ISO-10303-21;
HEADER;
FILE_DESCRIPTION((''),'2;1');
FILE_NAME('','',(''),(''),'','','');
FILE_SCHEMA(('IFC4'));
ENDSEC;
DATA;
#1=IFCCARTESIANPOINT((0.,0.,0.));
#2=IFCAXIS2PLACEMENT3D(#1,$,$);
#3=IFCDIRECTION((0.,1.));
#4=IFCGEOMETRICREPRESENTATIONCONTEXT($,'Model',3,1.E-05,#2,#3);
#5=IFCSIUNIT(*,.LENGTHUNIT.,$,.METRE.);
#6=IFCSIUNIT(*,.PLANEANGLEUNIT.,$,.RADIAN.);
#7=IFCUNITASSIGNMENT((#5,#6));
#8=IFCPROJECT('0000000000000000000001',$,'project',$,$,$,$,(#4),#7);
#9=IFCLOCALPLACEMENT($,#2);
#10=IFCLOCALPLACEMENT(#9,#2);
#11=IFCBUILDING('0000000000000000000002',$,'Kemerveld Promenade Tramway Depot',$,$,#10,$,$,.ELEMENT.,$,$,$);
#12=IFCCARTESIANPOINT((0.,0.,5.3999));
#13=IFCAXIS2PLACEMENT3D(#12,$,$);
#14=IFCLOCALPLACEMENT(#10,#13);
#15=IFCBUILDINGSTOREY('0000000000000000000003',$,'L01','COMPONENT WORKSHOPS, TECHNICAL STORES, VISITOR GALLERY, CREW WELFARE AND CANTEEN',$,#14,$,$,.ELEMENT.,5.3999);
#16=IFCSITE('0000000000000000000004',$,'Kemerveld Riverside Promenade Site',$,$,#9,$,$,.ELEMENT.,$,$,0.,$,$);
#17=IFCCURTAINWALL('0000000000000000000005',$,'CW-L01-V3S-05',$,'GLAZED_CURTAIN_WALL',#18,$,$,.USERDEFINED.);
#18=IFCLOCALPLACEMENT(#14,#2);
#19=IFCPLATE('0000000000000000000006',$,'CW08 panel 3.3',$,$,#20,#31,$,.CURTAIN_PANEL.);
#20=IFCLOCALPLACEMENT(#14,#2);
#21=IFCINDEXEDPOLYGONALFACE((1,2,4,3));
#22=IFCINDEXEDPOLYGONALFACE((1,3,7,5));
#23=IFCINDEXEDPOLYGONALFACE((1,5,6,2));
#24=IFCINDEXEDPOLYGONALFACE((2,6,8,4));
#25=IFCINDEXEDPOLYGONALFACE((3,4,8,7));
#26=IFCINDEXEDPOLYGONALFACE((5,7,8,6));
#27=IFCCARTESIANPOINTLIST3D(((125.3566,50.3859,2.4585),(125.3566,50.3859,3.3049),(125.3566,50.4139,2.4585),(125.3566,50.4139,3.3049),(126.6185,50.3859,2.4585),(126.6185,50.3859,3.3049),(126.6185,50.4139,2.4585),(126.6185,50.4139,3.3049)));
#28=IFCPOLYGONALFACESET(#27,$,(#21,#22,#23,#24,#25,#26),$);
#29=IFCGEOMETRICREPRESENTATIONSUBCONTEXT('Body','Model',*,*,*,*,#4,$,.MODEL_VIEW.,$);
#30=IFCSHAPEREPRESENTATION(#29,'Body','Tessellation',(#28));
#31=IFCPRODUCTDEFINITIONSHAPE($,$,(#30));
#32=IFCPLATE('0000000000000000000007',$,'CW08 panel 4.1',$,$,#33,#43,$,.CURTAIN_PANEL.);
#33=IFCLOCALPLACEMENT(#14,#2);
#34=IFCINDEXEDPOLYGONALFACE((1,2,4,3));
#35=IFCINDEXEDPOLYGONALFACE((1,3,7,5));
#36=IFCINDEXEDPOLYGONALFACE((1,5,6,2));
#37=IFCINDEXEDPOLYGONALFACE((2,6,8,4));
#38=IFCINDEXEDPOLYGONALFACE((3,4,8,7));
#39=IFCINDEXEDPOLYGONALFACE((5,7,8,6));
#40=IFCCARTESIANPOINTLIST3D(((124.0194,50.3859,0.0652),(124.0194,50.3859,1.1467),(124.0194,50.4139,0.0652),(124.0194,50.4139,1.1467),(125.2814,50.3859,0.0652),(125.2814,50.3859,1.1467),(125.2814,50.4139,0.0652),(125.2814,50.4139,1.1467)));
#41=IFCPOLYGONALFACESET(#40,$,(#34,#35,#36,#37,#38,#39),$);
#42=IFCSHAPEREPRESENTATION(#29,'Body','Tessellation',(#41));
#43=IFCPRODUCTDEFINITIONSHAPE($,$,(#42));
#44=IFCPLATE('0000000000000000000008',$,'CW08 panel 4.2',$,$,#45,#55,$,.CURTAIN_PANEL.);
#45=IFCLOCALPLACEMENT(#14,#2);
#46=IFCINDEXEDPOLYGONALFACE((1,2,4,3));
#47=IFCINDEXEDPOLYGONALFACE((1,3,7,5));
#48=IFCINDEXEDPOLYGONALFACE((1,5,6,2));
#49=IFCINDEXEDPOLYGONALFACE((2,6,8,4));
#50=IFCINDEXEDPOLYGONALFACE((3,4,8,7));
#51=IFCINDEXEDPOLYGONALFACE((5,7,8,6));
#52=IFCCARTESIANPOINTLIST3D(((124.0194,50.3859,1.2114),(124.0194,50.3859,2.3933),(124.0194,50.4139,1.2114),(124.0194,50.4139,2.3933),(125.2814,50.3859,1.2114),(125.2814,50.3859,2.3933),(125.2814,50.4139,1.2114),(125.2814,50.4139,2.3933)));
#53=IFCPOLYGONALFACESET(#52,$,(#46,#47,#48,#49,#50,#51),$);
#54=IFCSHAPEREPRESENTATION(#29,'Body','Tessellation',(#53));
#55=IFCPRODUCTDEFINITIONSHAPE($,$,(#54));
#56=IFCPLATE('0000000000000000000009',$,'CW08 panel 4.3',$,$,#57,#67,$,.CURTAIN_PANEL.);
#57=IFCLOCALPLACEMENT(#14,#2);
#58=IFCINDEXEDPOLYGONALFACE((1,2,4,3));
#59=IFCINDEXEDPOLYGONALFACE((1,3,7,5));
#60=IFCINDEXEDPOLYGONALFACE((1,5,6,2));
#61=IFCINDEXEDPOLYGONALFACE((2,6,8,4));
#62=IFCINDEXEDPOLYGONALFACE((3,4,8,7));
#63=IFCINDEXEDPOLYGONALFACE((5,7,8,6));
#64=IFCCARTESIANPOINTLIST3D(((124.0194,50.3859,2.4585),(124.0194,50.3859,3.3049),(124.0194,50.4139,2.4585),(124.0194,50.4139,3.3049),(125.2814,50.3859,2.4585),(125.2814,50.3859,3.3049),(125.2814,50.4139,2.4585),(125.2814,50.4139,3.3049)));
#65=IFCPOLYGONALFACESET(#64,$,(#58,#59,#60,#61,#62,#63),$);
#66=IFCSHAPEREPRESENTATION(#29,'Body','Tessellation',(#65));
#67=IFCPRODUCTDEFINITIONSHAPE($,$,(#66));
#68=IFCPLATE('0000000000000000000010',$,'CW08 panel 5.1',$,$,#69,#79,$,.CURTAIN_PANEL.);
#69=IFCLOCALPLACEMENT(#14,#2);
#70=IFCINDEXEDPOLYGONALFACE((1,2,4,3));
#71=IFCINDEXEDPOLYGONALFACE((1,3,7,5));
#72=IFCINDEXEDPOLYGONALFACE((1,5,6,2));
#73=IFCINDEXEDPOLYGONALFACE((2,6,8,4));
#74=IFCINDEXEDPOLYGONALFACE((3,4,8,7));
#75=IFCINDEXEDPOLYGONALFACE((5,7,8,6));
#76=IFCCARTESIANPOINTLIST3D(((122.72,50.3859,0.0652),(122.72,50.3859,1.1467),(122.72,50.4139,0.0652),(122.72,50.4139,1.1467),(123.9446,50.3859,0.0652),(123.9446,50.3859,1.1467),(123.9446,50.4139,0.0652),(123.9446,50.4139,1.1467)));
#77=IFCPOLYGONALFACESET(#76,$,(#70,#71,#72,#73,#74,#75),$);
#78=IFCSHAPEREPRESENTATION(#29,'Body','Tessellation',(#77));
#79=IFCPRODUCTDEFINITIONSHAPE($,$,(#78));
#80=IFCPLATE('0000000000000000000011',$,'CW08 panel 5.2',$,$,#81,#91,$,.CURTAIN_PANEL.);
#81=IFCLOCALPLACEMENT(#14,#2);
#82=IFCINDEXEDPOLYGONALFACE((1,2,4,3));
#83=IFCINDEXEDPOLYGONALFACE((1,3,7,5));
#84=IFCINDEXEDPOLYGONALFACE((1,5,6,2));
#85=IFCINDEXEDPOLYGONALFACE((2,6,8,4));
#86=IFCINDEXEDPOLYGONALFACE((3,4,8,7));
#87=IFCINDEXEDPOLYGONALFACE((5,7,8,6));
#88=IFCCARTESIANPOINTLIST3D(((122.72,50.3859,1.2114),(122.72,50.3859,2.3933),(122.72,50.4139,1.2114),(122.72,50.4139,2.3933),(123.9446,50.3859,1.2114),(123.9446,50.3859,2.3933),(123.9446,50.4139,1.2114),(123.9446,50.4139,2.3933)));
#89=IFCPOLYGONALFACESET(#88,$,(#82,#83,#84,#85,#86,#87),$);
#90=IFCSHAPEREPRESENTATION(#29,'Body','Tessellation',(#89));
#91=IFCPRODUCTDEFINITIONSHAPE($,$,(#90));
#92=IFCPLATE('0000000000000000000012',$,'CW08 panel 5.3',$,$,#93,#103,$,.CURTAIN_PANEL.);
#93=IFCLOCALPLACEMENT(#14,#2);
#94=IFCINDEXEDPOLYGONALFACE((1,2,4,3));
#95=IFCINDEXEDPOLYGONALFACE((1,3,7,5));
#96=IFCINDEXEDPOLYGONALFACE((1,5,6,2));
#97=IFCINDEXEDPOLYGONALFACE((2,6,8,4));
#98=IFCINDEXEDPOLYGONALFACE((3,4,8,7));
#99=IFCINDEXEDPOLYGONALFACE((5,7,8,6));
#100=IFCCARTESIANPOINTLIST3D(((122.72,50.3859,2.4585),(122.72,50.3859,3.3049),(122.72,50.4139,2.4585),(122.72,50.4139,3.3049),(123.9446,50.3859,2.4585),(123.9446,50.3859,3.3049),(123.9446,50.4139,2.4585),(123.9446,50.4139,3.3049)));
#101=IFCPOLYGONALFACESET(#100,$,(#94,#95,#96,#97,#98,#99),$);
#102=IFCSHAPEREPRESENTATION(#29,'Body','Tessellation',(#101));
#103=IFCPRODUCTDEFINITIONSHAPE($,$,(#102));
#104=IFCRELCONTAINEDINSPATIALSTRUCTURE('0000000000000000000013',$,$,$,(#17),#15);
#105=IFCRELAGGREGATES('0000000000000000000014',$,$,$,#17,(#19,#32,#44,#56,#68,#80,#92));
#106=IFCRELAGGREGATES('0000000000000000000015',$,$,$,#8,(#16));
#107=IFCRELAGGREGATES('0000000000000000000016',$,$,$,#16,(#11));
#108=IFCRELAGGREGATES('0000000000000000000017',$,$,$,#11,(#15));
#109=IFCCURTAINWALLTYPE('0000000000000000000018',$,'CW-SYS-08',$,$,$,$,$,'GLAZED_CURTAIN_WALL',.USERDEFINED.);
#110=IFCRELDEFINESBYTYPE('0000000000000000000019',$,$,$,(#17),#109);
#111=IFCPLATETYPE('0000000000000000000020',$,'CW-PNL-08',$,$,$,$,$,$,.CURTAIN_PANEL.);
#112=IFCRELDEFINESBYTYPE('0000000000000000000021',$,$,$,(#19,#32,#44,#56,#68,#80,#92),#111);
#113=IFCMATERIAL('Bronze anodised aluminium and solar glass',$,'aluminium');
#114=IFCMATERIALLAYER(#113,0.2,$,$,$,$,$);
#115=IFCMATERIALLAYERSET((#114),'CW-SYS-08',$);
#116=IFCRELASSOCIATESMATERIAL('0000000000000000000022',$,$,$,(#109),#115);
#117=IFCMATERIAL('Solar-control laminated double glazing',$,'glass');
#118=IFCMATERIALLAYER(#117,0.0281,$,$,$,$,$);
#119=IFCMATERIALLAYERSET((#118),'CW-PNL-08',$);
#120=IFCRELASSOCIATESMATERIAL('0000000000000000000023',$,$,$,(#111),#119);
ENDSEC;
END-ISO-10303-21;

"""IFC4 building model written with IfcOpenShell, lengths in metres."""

from ifc_helpers import new_model, si_unit, direction, frame, origin, origin_2d, place, context, subcontext, project, spatial, rectangle, extrude, material, layer, layer_set, type_object, element, aggregate, save


model = new_model("IFC4")

# Units and contexts
model_context = context("Model", 3, precision=1e-05, world=origin(), true_north=direction((0.0, 1.0)))
body_context = subcontext(model_context, "Body", "Model", "MODEL_VIEW")
ifc_project = project(units=[si_unit("LENGTHUNIT", "METRE"), si_unit("PLANEANGLEUNIT", "RADIAN")], contexts=[model_context])

# Site, building, storey
site_placement = place(None, origin())
site = spatial("IfcSite", under=ifc_project, at=site_placement, Name="Kemerveld Riverside Promenade Site", CompositionType="ELEMENT", RefElevation=0.0)
building_placement = place(site_placement, origin())
building = spatial("IfcBuilding", under=site, at=building_placement, Name="Kemerveld Promenade Tramway Depot", CompositionType="ELEMENT")
storey_placement = place(building_placement, frame((0.0, 0.0, 5.3999)))
storey = spatial("IfcBuildingStorey", under=building, at=storey_placement, Name="L01", Description="COMPONENT WORKSHOPS, TECHNICAL STORES, VISITOR GALLERY, CREW WELFARE AND CANTEEN", CompositionType="ELEMENT", Elevation=5.3999)

# Curtain wall, plates
ifc_material_1 = material(Name="Bronze anodised aluminium and solar glass", Category="aluminium")
ifc_layer_1 = layer(ifc_material_1, 0.2)
ifc_layer_set_1 = layer_set([ifc_layer_1], Name="CW-SYS-08")
curtain_wall_type = type_object("IfcCurtainWallType", Name="CW-SYS-08", ElementType="GLAZED_CURTAIN_WALL", PredefinedType="USERDEFINED", material=ifc_layer_set_1)
curtain_wall_placement = place(storey_placement, origin())
curtain_wall = element("IfcCurtainWall", 1, at=curtain_wall_placement, inside=storey, type_object=curtain_wall_type, Name="CW-L01-V3S-05", ObjectType="GLAZED_CURTAIN_WALL", PredefinedType="USERDEFINED")
ifc_material_2 = material(Name="Solar-control laminated double glazing", Category="glass")
ifc_layer_2 = layer(ifc_material_2, 0.0281)
ifc_layer_set_2 = layer_set([ifc_layer_2], Name="CW-PNL-08")
plate_type = type_object("IfcPlateType", Name="CW-PNL-08", PredefinedType="CURTAIN_PANEL", material=ifc_layer_set_2)
plate_1_placement = place(storey_placement, frame((125.9875, 50.3999, 2.4585), z_axis=(0.0, 0.0, 1.0), x_axis=(-1.0, 0.0, 0.0)))
plate_1 = element("IfcPlate", 2, at=plate_1_placement, type_object=plate_type, Name="CW08 panel 3.3", PredefinedType="CURTAIN_PANEL", context=body_context, shape_type="SweptSolid", body=[
    extrude(rectangle(XDim=1.262, YDim=0.0281, at=origin_2d()), origin(), (0.0, 0.0, 1.0), 0.8464),
])
plate_2_placement = place(storey_placement, frame((124.6504, 50.3999, 0.0652), z_axis=(0.0, 0.0, 1.0), x_axis=(-1.0, 0.0, 0.0)))
plate_2 = element("IfcPlate", 3, at=plate_2_placement, type_object=plate_type, Name="CW08 panel 4.1", PredefinedType="CURTAIN_PANEL", context=body_context, shape_type="SweptSolid", body=[
    extrude(rectangle(XDim=1.262, YDim=0.0281, at=origin_2d()), origin(), (0.0, 0.0, 1.0), 1.0815),
])
plate_3_placement = place(storey_placement, frame((124.6504, 50.3999, 1.2114), z_axis=(0.0, 0.0, 1.0), x_axis=(-1.0, 0.0, 0.0)))
plate_3 = element("IfcPlate", 4, at=plate_3_placement, type_object=plate_type, Name="CW08 panel 4.2", PredefinedType="CURTAIN_PANEL", context=body_context, shape_type="SweptSolid", body=[
    extrude(rectangle(XDim=1.262, YDim=0.0281, at=origin_2d()), origin(), (0.0, 0.0, 1.0), 1.1819),
])
plate_4_placement = place(storey_placement, frame((124.6504, 50.3999, 2.4585), z_axis=(0.0, 0.0, 1.0), x_axis=(-1.0, 0.0, 0.0)))
plate_4 = element("IfcPlate", 5, at=plate_4_placement, type_object=plate_type, Name="CW08 panel 4.3", PredefinedType="CURTAIN_PANEL", context=body_context, shape_type="SweptSolid", body=[
    extrude(rectangle(XDim=1.262, YDim=0.0281, at=origin_2d()), origin(), (0.0, 0.0, 1.0), 0.8464),
])
plate_5_placement = place(storey_placement, frame((123.3323, 50.3999, 0.0652), z_axis=(0.0, 0.0, 1.0), x_axis=(-1.0, 0.0, 0.0)))
plate_5 = element("IfcPlate", 6, at=plate_5_placement, type_object=plate_type, Name="CW08 panel 5.1", PredefinedType="CURTAIN_PANEL", context=body_context, shape_type="SweptSolid", body=[
    extrude(rectangle(XDim=1.2246, YDim=0.0281, at=origin_2d()), origin(), (0.0, 0.0, 1.0), 1.0815),
])
plate_6_placement = place(storey_placement, frame((123.3323, 50.3999, 1.2114), z_axis=(0.0, 0.0, 1.0), x_axis=(-1.0, 0.0, 0.0)))
plate_6 = element("IfcPlate", 7, at=plate_6_placement, type_object=plate_type, Name="CW08 panel 5.2", PredefinedType="CURTAIN_PANEL", context=body_context, shape_type="SweptSolid", body=[
    extrude(rectangle(XDim=1.2246, YDim=0.0281, at=origin_2d()), origin(), (0.0, 0.0, 1.0), 1.1819),
])
plate_7_placement = place(storey_placement, frame((123.3323, 50.3999, 2.4585), z_axis=(0.0, 0.0, 1.0), x_axis=(-1.0, 0.0, 0.0)))
plate_7 = element("IfcPlate", 8, at=plate_7_placement, type_object=plate_type, Name="CW08 panel 5.3", PredefinedType="CURTAIN_PANEL", context=body_context, shape_type="SweptSolid", body=[
    extrude(rectangle(XDim=1.2246, YDim=0.0281, at=origin_2d()), origin(), (0.0, 0.0, 1.0), 0.8464),
])
aggregate(curtain_wall, [plate_1, plate_2, plate_3, plate_4, plate_5, plate_6, plate_7])

save(model, "model.ifc")
